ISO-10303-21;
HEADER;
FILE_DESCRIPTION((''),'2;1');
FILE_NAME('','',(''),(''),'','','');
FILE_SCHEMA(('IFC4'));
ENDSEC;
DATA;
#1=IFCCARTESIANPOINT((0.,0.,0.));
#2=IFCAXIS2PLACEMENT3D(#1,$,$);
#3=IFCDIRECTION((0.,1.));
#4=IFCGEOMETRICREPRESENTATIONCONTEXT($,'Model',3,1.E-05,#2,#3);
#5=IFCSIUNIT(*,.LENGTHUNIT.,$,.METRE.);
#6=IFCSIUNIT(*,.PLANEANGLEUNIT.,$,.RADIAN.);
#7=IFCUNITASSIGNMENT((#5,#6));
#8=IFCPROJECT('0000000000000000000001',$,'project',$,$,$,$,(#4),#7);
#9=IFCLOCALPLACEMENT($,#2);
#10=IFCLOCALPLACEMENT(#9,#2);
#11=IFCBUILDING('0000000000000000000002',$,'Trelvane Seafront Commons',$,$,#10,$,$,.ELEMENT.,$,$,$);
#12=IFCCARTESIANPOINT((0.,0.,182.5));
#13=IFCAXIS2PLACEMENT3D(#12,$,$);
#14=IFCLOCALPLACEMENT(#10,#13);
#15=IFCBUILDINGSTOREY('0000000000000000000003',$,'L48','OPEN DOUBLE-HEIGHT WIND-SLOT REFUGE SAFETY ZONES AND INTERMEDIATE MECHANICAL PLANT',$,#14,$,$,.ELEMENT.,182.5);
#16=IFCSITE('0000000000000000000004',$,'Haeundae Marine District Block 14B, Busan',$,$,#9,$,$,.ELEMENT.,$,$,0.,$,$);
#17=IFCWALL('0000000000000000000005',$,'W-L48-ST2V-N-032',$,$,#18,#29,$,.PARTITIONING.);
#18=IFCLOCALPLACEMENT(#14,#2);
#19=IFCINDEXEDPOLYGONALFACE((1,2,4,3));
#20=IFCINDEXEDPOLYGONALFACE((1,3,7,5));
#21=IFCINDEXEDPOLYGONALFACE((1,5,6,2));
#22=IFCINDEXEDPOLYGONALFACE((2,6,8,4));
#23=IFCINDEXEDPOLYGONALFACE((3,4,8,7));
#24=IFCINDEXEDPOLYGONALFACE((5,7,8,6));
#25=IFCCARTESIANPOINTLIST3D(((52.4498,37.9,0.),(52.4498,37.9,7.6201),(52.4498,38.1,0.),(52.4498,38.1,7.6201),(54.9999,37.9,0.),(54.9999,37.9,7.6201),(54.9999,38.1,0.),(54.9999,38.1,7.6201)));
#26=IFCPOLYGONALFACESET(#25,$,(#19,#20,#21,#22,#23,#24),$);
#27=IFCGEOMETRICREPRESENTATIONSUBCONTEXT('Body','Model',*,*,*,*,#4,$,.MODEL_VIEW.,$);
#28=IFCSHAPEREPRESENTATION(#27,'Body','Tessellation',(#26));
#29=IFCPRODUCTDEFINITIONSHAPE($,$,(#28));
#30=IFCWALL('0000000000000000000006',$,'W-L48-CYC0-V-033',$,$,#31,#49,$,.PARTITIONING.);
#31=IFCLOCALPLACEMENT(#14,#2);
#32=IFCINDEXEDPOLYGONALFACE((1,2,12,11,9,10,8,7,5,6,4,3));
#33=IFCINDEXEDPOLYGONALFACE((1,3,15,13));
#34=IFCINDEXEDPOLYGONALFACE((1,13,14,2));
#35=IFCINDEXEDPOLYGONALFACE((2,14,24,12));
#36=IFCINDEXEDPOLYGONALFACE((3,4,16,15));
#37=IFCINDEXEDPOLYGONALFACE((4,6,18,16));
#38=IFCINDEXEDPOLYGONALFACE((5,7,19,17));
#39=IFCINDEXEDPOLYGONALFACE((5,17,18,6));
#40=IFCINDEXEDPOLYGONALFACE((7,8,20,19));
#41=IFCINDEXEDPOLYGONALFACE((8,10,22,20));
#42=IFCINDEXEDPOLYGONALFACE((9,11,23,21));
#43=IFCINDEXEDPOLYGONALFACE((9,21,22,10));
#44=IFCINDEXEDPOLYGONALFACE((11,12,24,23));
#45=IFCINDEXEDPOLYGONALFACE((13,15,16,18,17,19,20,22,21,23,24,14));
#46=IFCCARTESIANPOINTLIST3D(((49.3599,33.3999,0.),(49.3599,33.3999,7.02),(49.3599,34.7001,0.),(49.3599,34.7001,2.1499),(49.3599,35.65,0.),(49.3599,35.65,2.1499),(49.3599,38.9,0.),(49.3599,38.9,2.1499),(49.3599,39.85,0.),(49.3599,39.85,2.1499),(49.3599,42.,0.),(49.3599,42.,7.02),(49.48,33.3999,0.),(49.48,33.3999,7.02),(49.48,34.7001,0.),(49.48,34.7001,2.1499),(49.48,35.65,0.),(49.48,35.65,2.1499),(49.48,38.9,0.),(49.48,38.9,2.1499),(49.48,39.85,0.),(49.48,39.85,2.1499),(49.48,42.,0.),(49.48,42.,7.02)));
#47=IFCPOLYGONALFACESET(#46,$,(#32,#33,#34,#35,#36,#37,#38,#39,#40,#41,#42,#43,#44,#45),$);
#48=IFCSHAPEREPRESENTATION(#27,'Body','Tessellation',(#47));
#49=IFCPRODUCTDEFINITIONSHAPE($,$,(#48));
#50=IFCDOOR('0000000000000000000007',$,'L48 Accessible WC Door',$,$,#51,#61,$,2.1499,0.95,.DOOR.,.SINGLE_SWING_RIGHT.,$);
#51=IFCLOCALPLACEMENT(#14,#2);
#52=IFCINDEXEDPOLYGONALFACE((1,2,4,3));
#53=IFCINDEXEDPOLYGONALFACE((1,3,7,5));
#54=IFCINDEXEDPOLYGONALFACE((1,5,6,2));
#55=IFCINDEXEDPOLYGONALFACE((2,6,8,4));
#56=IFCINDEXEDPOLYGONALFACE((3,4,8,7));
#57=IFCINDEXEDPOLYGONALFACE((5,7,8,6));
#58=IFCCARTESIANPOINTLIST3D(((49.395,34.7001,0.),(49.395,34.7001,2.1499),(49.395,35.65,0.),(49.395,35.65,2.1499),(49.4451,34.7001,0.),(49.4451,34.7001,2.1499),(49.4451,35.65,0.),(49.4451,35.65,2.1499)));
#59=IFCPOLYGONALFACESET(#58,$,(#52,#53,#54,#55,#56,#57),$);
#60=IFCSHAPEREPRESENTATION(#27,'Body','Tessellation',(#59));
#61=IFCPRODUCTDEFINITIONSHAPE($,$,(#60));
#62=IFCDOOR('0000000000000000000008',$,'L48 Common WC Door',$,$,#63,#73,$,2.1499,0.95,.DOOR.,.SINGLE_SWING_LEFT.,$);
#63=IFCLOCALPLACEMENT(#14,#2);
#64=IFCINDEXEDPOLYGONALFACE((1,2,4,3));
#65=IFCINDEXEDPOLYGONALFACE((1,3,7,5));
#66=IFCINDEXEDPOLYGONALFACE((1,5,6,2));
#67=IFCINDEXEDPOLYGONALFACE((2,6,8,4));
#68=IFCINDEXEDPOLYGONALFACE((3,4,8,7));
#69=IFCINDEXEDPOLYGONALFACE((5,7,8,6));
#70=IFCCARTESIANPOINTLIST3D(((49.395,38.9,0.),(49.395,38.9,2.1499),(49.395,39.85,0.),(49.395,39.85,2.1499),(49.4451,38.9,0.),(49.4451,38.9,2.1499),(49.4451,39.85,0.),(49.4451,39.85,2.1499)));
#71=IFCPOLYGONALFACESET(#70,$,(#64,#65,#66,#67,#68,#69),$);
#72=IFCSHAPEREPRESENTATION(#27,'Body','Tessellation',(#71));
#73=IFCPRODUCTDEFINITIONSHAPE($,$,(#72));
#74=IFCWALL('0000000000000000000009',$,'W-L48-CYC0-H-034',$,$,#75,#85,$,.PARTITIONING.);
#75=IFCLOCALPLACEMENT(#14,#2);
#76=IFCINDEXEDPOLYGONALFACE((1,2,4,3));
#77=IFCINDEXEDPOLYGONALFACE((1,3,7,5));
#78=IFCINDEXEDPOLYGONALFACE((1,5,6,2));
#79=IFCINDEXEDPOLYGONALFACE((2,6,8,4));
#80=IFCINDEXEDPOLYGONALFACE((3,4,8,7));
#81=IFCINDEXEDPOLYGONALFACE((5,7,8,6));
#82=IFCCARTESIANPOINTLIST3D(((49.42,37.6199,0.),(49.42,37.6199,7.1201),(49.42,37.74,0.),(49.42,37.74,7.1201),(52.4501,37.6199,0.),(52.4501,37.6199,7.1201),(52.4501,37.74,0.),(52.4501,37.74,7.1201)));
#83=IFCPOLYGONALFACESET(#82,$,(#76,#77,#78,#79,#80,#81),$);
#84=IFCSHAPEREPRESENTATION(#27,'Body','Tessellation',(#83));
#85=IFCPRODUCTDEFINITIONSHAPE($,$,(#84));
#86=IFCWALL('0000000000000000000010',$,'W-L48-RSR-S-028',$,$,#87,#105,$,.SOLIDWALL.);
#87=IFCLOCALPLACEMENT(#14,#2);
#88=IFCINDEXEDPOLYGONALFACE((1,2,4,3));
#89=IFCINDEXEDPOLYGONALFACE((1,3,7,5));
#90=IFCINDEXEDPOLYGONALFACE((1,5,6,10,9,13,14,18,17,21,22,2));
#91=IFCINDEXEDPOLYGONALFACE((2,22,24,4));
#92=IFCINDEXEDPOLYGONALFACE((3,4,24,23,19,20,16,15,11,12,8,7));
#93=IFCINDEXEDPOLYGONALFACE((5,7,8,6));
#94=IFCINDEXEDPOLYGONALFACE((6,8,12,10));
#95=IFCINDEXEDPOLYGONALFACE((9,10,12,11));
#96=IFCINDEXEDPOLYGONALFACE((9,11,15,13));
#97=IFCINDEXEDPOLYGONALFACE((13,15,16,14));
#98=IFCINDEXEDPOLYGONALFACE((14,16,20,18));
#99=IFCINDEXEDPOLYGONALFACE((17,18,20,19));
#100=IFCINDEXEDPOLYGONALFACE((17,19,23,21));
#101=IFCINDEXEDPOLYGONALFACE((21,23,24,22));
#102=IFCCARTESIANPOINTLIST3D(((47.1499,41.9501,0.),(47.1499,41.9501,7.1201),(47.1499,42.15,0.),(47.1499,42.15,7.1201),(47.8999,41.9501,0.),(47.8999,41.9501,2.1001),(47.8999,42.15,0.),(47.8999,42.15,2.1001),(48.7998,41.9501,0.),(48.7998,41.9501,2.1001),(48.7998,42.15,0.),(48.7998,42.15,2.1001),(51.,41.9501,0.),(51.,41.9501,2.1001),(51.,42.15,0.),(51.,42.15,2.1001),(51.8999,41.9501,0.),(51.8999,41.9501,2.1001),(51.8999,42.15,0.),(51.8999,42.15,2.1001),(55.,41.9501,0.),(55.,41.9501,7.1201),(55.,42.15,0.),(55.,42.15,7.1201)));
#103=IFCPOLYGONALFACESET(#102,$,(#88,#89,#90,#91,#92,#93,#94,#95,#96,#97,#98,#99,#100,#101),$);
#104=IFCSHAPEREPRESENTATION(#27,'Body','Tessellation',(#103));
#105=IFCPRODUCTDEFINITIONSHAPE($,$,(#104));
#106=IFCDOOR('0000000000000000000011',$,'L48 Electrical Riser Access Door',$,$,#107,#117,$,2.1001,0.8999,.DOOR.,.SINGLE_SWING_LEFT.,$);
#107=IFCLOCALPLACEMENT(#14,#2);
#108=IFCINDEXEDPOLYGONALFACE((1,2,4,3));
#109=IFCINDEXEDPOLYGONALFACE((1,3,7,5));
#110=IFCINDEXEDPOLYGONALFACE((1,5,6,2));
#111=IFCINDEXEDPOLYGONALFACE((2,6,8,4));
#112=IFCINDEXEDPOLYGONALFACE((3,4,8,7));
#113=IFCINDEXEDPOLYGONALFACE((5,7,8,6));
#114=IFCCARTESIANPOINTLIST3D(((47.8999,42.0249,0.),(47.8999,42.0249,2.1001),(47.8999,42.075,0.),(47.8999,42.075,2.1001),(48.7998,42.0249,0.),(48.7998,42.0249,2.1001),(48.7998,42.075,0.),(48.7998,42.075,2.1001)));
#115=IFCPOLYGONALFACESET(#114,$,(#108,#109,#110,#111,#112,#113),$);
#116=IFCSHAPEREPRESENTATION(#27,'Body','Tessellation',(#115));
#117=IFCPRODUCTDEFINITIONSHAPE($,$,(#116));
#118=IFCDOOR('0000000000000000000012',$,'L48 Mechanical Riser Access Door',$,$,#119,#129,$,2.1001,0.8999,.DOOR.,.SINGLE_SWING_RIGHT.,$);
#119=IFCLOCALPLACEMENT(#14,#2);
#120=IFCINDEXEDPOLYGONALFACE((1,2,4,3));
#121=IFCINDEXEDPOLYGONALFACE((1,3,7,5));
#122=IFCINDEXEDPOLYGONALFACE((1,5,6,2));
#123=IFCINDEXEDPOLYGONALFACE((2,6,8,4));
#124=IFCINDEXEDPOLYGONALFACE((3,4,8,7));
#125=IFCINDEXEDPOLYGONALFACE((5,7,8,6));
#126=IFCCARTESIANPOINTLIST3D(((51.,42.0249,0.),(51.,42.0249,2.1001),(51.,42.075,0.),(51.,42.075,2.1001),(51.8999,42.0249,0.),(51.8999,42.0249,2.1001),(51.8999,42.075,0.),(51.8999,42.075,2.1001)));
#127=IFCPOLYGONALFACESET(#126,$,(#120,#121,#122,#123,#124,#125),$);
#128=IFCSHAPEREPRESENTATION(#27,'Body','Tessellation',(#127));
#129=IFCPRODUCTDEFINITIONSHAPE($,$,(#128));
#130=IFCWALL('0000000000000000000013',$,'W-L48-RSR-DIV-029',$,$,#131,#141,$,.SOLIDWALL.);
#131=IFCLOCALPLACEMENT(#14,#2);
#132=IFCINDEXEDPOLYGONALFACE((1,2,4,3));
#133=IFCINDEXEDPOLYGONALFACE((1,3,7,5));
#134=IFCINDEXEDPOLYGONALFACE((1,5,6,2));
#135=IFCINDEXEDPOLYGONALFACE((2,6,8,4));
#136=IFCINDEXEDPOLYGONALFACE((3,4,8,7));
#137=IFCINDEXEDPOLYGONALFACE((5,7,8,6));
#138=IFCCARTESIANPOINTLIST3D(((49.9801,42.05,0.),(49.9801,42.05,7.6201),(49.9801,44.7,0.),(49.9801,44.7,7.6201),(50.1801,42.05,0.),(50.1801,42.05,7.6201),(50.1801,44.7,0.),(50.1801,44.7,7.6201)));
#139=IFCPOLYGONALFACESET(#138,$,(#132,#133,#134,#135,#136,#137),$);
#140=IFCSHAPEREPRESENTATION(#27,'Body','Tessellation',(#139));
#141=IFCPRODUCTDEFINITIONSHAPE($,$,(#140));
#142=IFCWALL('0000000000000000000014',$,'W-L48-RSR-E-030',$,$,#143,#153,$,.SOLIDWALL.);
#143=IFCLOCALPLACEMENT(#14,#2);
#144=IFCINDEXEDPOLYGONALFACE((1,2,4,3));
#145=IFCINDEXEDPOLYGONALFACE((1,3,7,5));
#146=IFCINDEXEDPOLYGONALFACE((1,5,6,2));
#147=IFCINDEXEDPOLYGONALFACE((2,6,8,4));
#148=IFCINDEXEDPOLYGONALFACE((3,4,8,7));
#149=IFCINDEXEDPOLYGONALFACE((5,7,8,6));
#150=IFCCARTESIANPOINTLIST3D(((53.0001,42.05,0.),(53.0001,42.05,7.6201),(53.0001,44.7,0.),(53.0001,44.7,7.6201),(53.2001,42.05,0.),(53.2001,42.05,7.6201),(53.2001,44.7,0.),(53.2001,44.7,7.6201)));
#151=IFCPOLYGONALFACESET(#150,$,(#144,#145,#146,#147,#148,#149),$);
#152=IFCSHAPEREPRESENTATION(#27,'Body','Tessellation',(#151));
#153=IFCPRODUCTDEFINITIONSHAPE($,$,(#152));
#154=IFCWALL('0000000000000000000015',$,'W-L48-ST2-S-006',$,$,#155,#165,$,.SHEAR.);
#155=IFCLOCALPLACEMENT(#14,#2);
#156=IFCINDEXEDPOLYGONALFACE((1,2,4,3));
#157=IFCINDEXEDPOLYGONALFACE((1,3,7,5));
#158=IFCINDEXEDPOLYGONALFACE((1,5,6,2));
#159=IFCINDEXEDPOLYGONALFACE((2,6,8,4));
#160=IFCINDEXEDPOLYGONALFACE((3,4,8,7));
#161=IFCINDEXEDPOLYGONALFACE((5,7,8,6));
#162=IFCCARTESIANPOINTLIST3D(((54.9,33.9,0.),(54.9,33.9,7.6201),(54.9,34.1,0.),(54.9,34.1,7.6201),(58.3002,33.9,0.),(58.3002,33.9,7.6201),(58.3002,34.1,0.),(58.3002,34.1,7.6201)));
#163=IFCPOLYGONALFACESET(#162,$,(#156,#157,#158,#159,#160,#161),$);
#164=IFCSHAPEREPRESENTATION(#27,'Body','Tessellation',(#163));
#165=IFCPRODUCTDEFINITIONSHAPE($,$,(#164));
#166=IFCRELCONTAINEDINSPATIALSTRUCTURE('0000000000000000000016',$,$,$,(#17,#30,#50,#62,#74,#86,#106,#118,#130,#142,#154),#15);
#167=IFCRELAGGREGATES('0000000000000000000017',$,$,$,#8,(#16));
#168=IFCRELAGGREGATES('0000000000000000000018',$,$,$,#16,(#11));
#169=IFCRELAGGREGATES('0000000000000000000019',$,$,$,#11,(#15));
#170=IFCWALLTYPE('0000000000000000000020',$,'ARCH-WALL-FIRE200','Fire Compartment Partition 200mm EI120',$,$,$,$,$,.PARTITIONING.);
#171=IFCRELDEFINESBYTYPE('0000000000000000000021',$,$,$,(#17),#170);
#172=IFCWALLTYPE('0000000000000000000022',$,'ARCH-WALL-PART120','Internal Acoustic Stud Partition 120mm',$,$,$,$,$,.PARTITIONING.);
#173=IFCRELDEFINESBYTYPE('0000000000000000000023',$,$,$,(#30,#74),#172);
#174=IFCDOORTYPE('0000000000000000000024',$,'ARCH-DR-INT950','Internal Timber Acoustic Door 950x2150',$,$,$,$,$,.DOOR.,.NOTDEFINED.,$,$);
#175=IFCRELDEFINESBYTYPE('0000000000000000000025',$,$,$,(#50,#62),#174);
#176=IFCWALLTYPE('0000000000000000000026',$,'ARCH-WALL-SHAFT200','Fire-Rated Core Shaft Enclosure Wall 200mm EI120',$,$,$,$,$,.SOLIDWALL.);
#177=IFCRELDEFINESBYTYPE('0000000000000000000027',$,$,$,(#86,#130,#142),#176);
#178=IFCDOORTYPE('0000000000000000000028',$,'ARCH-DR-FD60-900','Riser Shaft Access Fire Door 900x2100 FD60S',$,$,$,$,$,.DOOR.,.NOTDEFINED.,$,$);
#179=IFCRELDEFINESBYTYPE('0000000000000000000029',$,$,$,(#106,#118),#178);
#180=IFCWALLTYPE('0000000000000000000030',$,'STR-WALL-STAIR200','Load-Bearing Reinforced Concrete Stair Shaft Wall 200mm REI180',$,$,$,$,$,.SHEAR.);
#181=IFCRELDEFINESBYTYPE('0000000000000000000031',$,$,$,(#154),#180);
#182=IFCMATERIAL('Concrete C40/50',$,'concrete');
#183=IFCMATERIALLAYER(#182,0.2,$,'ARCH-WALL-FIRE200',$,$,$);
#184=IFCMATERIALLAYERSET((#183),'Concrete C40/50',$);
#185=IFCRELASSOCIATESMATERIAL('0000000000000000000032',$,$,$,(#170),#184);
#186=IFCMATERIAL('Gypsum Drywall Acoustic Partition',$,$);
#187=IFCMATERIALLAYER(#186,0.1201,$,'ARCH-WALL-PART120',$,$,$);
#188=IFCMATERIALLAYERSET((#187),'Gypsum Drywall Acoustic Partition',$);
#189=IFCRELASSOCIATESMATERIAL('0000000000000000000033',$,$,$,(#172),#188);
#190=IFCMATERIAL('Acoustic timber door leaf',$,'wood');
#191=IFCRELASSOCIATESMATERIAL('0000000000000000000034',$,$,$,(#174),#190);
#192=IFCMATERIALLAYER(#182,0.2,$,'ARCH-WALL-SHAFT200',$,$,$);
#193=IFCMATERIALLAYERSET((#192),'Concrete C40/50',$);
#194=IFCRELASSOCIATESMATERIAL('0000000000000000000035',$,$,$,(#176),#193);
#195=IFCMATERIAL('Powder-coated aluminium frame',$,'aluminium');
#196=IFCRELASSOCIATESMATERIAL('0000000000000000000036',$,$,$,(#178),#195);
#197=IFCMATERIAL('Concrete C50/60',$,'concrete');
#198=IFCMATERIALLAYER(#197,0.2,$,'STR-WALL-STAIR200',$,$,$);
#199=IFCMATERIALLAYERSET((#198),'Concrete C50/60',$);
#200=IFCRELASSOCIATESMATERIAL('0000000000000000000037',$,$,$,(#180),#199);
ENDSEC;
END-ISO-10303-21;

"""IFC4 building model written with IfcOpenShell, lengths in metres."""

from ifc_helpers import new_model, si_unit, direction, frame, frame_2d, origin, place, context, subcontext, project, spatial, rectangle, extrude, source, transform, mapped, material, layer, layer_set, type_object, element, fill, save


model = new_model("IFC4")

# Units and contexts
model_context = context("Model", 3, precision=1e-05, world=origin(), true_north=direction((0.0, 1.0)))
body_context = subcontext(model_context, "Body", "Model", "MODEL_VIEW")
ifc_project = project(units=[si_unit("LENGTHUNIT", "METRE"), si_unit("PLANEANGLEUNIT", "RADIAN")], contexts=[model_context])

# Site, building, storey
site_placement = place(None, origin())
site = spatial("IfcSite", under=ifc_project, at=site_placement, Name="Haeundae Marine District Block 14B, Busan", CompositionType="ELEMENT", RefElevation=0.0)
building_placement = place(site_placement, origin())
building = spatial("IfcBuilding", under=site, at=building_placement, Name="Trelvane Seafront Commons", CompositionType="ELEMENT")
storey_placement = place(building_placement, frame((0.0, 0.0, 182.5)))
storey = spatial("IfcBuildingStorey", under=building, at=storey_placement, Name="L48", Description="OPEN DOUBLE-HEIGHT WIND-SLOT REFUGE SAFETY ZONES AND INTERMEDIATE MECHANICAL PLANT", CompositionType="ELEMENT", Elevation=182.5)

# Shared definitions
ifc_material_1 = material(Name="Concrete C50/60", Category="concrete")

# Shared definitions
ifc_material_2 = material(Name="Concrete C40/50", Category="concrete")
ifc_layer_1 = layer(ifc_material_2, 0.2, Name="ARCH-WALL-FIRE200")
ifc_layer_set_1 = layer_set([ifc_layer_1], Name="Concrete C40/50")
wall_type_1 = type_object("IfcWallType", Name="ARCH-WALL-FIRE200", Description="Fire Compartment Partition 200mm EI120", PredefinedType="PARTITIONING", material=ifc_layer_set_1)
ifc_material_3 = material(Name="Powder-coated aluminium frame", Category="aluminium")
shared_shape_1 = source(origin(), body_context, "Body", "SweptSolid", [
    extrude(rectangle(XDim=0.95, YDim=2.1499, at=frame_2d((0.4751, 1.075))), frame((0.0, 0.0249, 0.0), z_axis=(0.0, -1.0, 0.0), x_axis=(1.0, 0.0, 0.0)), (0.0, 0.0, 1.0), 0.05),
])

# Wall
wall_1_placement = place(storey_placement, frame((52.45, 38.0, 0.0), z_axis=(0.0, 0.0, 1.0), x_axis=(1.0, 0.0, 0.0)))
element("IfcWall", 1, at=wall_1_placement, inside=storey, type_object=wall_type_1, Name="W-L48-ST2V-N-032", PredefinedType="PARTITIONING", context=body_context, shape_type="SweptSolid", body=[
    extrude(rectangle(XDim=2.55, YDim=0.2, at=frame_2d((1.2749, 0.0))), origin(), (0.0, 0.0, 1.0), 7.6201),
])

# Wall, openings, doors
ifc_material_4 = material(Name="Gypsum Drywall Acoustic Partition")
ifc_layer_2 = layer(ifc_material_4, 0.1201, Name="ARCH-WALL-PART120")
ifc_layer_set_2 = layer_set([ifc_layer_2], Name="Gypsum Drywall Acoustic Partition")
wall_type_2 = type_object("IfcWallType", Name="ARCH-WALL-PART120", Description="Internal Acoustic Stud Partition 120mm", PredefinedType="PARTITIONING", material=ifc_layer_set_2)
wall_2_placement = place(storey_placement, frame((49.4199, 33.3999, 0.0), z_axis=(0.0, 0.0, 1.0), x_axis=(0.0, 1.0, 0.0)))
wall_2 = element("IfcWall", 2, at=wall_2_placement, inside=storey, type_object=wall_type_2, Name="W-L48-CYC0-V-033", PredefinedType="PARTITIONING", context=body_context, shape_type="SweptSolid", body=[
    extrude(rectangle(XDim=8.6001, YDim=0.1201, at=frame_2d((4.3, 0.0))), origin(), (0.0, 0.0, 1.0), 7.02),
])
opening_1_placement = place(wall_2_placement, frame((1.3, 0.0, 0.0)))
opening_1 = element("IfcOpeningElement", 3, at=opening_1_placement, cuts=wall_2, PredefinedType="OPENING", context=body_context, shape_type="SweptSolid", body=[
    extrude(rectangle(XDim=0.95, YDim=2.1499, at=frame_2d((0.4751, 1.075))), frame((0.0, 0.0701, 0.0), z_axis=(0.0, -1.0, 0.0), x_axis=(1.0, 0.0, 0.0)), (0.0, 0.0, 1.0), 0.1401),
])
opening_2_placement = place(wall_2_placement, frame((5.5, 0.0, 0.0)))
opening_2 = element("IfcOpeningElement", 4, at=opening_2_placement, cuts=wall_2, PredefinedType="OPENING", context=body_context, shape_type="SweptSolid", body=[
    extrude(rectangle(XDim=0.95, YDim=2.1499, at=frame_2d((0.4751, 1.075))), frame((0.0, 0.0701, 0.0), z_axis=(0.0, -1.0, 0.0), x_axis=(1.0, 0.0, 0.0)), (0.0, 0.0, 1.0), 0.1401),
])
ifc_material_5 = material(Name="Acoustic timber door leaf", Category="wood")
door_type_1 = type_object("IfcDoorType", Name="ARCH-DR-INT950", Description="Internal Timber Acoustic Door 950x2150", OperationType="NOTDEFINED", PredefinedType="DOOR", material=ifc_material_5)
door_1_placement = place(opening_1_placement, origin())
door_1 = element("IfcDoor", 5, at=door_1_placement, inside=storey, type_object=door_type_1, Name="L48 Accessible WC Door", OperationType="SINGLE_SWING_RIGHT", OverallHeight=2.1499, OverallWidth=0.95, PredefinedType="DOOR", context=body_context, shape_type="MappedRepresentation", body=[
    mapped(shared_shape_1, transform((0.0, 0.0, 0.0), x_axis=(1.0, 0.0, 0.0), y_axis=(0.0, 1.0, 0.0), z_axis=(0.0, 0.0, 1.0), scale=1.0)),
])
fill(opening_1, door_1)
door_2_placement = place(opening_2_placement, origin())
door_2 = element("IfcDoor", 6, at=door_2_placement, inside=storey, type_object=door_type_1, Name="L48 Common WC Door", OperationType="SINGLE_SWING_LEFT", OverallHeight=2.1499, OverallWidth=0.95, PredefinedType="DOOR", context=body_context, shape_type="MappedRepresentation", body=[
    mapped(shared_shape_1, transform((0.0, 0.0, 0.0), x_axis=(1.0, 0.0, 0.0), y_axis=(0.0, 1.0, 0.0), z_axis=(0.0, 0.0, 1.0), scale=1.0)),
])
fill(opening_2, door_2)

# Wall
wall_3_placement = place(storey_placement, frame((49.4199, 37.6799, 0.0), z_axis=(0.0, 0.0, 1.0), x_axis=(1.0, 0.0, 0.0)))
element("IfcWall", 7, at=wall_3_placement, inside=storey, type_object=wall_type_2, Name="W-L48-CYC0-H-034", PredefinedType="PARTITIONING", context=body_context, shape_type="SweptSolid", body=[
    extrude(rectangle(XDim=3.03, YDim=0.1201, at=frame_2d((1.5151, 0.0))), origin(), (0.0, 0.0, 1.0), 7.1201),
])

# Wall, openings, doors
ifc_layer_3 = layer(ifc_material_2, 0.2, Name="ARCH-WALL-SHAFT200")
ifc_layer_set_3 = layer_set([ifc_layer_3], Name="Concrete C40/50")
wall_type_3 = type_object("IfcWallType", Name="ARCH-WALL-SHAFT200", Description="Fire-Rated Core Shaft Enclosure Wall 200mm EI120", PredefinedType="SOLIDWALL", material=ifc_layer_set_3)
wall_4_placement = place(storey_placement, frame((47.1499, 42.05, 0.0), z_axis=(0.0, 0.0, 1.0), x_axis=(1.0, 0.0, 0.0)))
wall_4 = element("IfcWall", 8, at=wall_4_placement, inside=storey, type_object=wall_type_3, Name="W-L48-RSR-S-028", PredefinedType="SOLIDWALL", context=body_context, shape_type="SweptSolid", body=[
    extrude(rectangle(XDim=7.8501, YDim=0.2, at=frame_2d((3.925, 0.0))), origin(), (0.0, 0.0, 1.0), 7.1201),
])
opening_3_placement = place(wall_4_placement, frame((0.75, 0.0, 0.0)))
opening_3 = element("IfcOpeningElement", 9, at=opening_3_placement, cuts=wall_4, PredefinedType="OPENING", context=body_context, shape_type="SweptSolid", body=[
    extrude(rectangle(XDim=0.8999, YDim=2.1001, at=frame_2d((0.45, 1.05))), frame((0.0, 0.1099, 0.0), z_axis=(0.0, -1.0, 0.0), x_axis=(1.0, 0.0, 0.0)), (0.0, 0.0, 1.0), 0.22),
])
opening_4_placement = place(wall_4_placement, frame((3.8501, 0.0, 0.0)))
opening_4 = element("IfcOpeningElement", 10, at=opening_4_placement, cuts=wall_4, PredefinedType="OPENING", context=body_context, shape_type="SweptSolid", body=[
    extrude(rectangle(XDim=0.8999, YDim=2.1001, at=frame_2d((0.45, 1.05))), frame((0.0, 0.1099, 0.0), z_axis=(0.0, -1.0, 0.0), x_axis=(1.0, 0.0, 0.0)), (0.0, 0.0, 1.0), 0.22),
])
door_type_2 = type_object("IfcDoorType", Name="ARCH-DR-FD60-900", Description="Riser Shaft Access Fire Door 900x2100 FD60S", OperationType="NOTDEFINED", PredefinedType="DOOR", material=ifc_material_3)
shared_shape_2 = source(origin(), body_context, "Body", "SweptSolid", [
    extrude(rectangle(XDim=0.8999, YDim=2.1001, at=frame_2d((0.45, 1.05))), frame((0.0, 0.0249, 0.0), z_axis=(0.0, -1.0, 0.0), x_axis=(1.0, 0.0, 0.0)), (0.0, 0.0, 1.0), 0.05),
])
door_3_placement = place(opening_3_placement, origin())
door_3 = element("IfcDoor", 11, at=door_3_placement, inside=storey, type_object=door_type_2, Name="L48 Electrical Riser Access Door", OperationType="SINGLE_SWING_LEFT", OverallHeight=2.1001, OverallWidth=0.8999, PredefinedType="DOOR", context=body_context, shape_type="MappedRepresentation", body=[
    mapped(shared_shape_2, transform((0.0, 0.0, 0.0), x_axis=(1.0, 0.0, 0.0), y_axis=(0.0, 1.0, 0.0), z_axis=(0.0, 0.0, 1.0), scale=1.0)),
])
fill(opening_3, door_3)
door_4_placement = place(opening_4_placement, origin())
door_4 = element("IfcDoor", 12, at=door_4_placement, inside=storey, type_object=door_type_2, Name="L48 Mechanical Riser Access Door", OperationType="SINGLE_SWING_RIGHT", OverallHeight=2.1001, OverallWidth=0.8999, PredefinedType="DOOR", context=body_context, shape_type="MappedRepresentation", body=[
    mapped(shared_shape_2, transform((0.0, 0.0, 0.0), x_axis=(1.0, 0.0, 0.0), y_axis=(0.0, 1.0, 0.0), z_axis=(0.0, 0.0, 1.0), scale=1.0)),
])
fill(opening_4, door_4)

# Walls
for number, where, z_axis, x_axis, name in (
    (13, (50.0801, 42.05, 0.0), (0.0, 0.0, 1.0), (0.0, 1.0, 0.0), "W-L48-RSR-DIV-029"),
    (14, (53.1001, 42.05, 0.0), (0.0, 0.0, 1.0), (0.0, 1.0, 0.0), "W-L48-RSR-E-030"),
):
    element("IfcWall", number, at=place(storey_placement, frame(where, z_axis=z_axis, x_axis=x_axis)), inside=storey, type_object=wall_type_3, Name=name, PredefinedType="SOLIDWALL", context=body_context, shape_type="SweptSolid", body=[
        extrude(rectangle(XDim=2.6499, YDim=0.2, at=frame_2d((1.325, 0.0))), origin(), (0.0, 0.0, 1.0), 7.6201),
    ])
ifc_layer_4 = layer(ifc_material_1, 0.2, Name="STR-WALL-STAIR200")
ifc_layer_set_4 = layer_set([ifc_layer_4], Name="Concrete C50/60")
wall_type_4 = type_object("IfcWallType", Name="STR-WALL-STAIR200", Description="Load-Bearing Reinforced Concrete Stair Shaft Wall 200mm REI180", PredefinedType="SHEAR", material=ifc_layer_set_4)
wall_5_placement = place(storey_placement, frame((54.8999, 34.0, 0.0), z_axis=(0.0, 0.0, 1.0), x_axis=(1.0, 0.0, 0.0)))
element("IfcWall", 15, at=wall_5_placement, inside=storey, type_object=wall_type_4, Name="W-L48-ST2-S-006", PredefinedType="SHEAR", context=body_context, shape_type="SweptSolid", body=[
    extrude(rectangle(XDim=3.4001, YDim=0.2, at=frame_2d((1.7002, 0.0))), origin(), (0.0, 0.0, 1.0), 7.6201),
])

save(model, "model.ifc")
